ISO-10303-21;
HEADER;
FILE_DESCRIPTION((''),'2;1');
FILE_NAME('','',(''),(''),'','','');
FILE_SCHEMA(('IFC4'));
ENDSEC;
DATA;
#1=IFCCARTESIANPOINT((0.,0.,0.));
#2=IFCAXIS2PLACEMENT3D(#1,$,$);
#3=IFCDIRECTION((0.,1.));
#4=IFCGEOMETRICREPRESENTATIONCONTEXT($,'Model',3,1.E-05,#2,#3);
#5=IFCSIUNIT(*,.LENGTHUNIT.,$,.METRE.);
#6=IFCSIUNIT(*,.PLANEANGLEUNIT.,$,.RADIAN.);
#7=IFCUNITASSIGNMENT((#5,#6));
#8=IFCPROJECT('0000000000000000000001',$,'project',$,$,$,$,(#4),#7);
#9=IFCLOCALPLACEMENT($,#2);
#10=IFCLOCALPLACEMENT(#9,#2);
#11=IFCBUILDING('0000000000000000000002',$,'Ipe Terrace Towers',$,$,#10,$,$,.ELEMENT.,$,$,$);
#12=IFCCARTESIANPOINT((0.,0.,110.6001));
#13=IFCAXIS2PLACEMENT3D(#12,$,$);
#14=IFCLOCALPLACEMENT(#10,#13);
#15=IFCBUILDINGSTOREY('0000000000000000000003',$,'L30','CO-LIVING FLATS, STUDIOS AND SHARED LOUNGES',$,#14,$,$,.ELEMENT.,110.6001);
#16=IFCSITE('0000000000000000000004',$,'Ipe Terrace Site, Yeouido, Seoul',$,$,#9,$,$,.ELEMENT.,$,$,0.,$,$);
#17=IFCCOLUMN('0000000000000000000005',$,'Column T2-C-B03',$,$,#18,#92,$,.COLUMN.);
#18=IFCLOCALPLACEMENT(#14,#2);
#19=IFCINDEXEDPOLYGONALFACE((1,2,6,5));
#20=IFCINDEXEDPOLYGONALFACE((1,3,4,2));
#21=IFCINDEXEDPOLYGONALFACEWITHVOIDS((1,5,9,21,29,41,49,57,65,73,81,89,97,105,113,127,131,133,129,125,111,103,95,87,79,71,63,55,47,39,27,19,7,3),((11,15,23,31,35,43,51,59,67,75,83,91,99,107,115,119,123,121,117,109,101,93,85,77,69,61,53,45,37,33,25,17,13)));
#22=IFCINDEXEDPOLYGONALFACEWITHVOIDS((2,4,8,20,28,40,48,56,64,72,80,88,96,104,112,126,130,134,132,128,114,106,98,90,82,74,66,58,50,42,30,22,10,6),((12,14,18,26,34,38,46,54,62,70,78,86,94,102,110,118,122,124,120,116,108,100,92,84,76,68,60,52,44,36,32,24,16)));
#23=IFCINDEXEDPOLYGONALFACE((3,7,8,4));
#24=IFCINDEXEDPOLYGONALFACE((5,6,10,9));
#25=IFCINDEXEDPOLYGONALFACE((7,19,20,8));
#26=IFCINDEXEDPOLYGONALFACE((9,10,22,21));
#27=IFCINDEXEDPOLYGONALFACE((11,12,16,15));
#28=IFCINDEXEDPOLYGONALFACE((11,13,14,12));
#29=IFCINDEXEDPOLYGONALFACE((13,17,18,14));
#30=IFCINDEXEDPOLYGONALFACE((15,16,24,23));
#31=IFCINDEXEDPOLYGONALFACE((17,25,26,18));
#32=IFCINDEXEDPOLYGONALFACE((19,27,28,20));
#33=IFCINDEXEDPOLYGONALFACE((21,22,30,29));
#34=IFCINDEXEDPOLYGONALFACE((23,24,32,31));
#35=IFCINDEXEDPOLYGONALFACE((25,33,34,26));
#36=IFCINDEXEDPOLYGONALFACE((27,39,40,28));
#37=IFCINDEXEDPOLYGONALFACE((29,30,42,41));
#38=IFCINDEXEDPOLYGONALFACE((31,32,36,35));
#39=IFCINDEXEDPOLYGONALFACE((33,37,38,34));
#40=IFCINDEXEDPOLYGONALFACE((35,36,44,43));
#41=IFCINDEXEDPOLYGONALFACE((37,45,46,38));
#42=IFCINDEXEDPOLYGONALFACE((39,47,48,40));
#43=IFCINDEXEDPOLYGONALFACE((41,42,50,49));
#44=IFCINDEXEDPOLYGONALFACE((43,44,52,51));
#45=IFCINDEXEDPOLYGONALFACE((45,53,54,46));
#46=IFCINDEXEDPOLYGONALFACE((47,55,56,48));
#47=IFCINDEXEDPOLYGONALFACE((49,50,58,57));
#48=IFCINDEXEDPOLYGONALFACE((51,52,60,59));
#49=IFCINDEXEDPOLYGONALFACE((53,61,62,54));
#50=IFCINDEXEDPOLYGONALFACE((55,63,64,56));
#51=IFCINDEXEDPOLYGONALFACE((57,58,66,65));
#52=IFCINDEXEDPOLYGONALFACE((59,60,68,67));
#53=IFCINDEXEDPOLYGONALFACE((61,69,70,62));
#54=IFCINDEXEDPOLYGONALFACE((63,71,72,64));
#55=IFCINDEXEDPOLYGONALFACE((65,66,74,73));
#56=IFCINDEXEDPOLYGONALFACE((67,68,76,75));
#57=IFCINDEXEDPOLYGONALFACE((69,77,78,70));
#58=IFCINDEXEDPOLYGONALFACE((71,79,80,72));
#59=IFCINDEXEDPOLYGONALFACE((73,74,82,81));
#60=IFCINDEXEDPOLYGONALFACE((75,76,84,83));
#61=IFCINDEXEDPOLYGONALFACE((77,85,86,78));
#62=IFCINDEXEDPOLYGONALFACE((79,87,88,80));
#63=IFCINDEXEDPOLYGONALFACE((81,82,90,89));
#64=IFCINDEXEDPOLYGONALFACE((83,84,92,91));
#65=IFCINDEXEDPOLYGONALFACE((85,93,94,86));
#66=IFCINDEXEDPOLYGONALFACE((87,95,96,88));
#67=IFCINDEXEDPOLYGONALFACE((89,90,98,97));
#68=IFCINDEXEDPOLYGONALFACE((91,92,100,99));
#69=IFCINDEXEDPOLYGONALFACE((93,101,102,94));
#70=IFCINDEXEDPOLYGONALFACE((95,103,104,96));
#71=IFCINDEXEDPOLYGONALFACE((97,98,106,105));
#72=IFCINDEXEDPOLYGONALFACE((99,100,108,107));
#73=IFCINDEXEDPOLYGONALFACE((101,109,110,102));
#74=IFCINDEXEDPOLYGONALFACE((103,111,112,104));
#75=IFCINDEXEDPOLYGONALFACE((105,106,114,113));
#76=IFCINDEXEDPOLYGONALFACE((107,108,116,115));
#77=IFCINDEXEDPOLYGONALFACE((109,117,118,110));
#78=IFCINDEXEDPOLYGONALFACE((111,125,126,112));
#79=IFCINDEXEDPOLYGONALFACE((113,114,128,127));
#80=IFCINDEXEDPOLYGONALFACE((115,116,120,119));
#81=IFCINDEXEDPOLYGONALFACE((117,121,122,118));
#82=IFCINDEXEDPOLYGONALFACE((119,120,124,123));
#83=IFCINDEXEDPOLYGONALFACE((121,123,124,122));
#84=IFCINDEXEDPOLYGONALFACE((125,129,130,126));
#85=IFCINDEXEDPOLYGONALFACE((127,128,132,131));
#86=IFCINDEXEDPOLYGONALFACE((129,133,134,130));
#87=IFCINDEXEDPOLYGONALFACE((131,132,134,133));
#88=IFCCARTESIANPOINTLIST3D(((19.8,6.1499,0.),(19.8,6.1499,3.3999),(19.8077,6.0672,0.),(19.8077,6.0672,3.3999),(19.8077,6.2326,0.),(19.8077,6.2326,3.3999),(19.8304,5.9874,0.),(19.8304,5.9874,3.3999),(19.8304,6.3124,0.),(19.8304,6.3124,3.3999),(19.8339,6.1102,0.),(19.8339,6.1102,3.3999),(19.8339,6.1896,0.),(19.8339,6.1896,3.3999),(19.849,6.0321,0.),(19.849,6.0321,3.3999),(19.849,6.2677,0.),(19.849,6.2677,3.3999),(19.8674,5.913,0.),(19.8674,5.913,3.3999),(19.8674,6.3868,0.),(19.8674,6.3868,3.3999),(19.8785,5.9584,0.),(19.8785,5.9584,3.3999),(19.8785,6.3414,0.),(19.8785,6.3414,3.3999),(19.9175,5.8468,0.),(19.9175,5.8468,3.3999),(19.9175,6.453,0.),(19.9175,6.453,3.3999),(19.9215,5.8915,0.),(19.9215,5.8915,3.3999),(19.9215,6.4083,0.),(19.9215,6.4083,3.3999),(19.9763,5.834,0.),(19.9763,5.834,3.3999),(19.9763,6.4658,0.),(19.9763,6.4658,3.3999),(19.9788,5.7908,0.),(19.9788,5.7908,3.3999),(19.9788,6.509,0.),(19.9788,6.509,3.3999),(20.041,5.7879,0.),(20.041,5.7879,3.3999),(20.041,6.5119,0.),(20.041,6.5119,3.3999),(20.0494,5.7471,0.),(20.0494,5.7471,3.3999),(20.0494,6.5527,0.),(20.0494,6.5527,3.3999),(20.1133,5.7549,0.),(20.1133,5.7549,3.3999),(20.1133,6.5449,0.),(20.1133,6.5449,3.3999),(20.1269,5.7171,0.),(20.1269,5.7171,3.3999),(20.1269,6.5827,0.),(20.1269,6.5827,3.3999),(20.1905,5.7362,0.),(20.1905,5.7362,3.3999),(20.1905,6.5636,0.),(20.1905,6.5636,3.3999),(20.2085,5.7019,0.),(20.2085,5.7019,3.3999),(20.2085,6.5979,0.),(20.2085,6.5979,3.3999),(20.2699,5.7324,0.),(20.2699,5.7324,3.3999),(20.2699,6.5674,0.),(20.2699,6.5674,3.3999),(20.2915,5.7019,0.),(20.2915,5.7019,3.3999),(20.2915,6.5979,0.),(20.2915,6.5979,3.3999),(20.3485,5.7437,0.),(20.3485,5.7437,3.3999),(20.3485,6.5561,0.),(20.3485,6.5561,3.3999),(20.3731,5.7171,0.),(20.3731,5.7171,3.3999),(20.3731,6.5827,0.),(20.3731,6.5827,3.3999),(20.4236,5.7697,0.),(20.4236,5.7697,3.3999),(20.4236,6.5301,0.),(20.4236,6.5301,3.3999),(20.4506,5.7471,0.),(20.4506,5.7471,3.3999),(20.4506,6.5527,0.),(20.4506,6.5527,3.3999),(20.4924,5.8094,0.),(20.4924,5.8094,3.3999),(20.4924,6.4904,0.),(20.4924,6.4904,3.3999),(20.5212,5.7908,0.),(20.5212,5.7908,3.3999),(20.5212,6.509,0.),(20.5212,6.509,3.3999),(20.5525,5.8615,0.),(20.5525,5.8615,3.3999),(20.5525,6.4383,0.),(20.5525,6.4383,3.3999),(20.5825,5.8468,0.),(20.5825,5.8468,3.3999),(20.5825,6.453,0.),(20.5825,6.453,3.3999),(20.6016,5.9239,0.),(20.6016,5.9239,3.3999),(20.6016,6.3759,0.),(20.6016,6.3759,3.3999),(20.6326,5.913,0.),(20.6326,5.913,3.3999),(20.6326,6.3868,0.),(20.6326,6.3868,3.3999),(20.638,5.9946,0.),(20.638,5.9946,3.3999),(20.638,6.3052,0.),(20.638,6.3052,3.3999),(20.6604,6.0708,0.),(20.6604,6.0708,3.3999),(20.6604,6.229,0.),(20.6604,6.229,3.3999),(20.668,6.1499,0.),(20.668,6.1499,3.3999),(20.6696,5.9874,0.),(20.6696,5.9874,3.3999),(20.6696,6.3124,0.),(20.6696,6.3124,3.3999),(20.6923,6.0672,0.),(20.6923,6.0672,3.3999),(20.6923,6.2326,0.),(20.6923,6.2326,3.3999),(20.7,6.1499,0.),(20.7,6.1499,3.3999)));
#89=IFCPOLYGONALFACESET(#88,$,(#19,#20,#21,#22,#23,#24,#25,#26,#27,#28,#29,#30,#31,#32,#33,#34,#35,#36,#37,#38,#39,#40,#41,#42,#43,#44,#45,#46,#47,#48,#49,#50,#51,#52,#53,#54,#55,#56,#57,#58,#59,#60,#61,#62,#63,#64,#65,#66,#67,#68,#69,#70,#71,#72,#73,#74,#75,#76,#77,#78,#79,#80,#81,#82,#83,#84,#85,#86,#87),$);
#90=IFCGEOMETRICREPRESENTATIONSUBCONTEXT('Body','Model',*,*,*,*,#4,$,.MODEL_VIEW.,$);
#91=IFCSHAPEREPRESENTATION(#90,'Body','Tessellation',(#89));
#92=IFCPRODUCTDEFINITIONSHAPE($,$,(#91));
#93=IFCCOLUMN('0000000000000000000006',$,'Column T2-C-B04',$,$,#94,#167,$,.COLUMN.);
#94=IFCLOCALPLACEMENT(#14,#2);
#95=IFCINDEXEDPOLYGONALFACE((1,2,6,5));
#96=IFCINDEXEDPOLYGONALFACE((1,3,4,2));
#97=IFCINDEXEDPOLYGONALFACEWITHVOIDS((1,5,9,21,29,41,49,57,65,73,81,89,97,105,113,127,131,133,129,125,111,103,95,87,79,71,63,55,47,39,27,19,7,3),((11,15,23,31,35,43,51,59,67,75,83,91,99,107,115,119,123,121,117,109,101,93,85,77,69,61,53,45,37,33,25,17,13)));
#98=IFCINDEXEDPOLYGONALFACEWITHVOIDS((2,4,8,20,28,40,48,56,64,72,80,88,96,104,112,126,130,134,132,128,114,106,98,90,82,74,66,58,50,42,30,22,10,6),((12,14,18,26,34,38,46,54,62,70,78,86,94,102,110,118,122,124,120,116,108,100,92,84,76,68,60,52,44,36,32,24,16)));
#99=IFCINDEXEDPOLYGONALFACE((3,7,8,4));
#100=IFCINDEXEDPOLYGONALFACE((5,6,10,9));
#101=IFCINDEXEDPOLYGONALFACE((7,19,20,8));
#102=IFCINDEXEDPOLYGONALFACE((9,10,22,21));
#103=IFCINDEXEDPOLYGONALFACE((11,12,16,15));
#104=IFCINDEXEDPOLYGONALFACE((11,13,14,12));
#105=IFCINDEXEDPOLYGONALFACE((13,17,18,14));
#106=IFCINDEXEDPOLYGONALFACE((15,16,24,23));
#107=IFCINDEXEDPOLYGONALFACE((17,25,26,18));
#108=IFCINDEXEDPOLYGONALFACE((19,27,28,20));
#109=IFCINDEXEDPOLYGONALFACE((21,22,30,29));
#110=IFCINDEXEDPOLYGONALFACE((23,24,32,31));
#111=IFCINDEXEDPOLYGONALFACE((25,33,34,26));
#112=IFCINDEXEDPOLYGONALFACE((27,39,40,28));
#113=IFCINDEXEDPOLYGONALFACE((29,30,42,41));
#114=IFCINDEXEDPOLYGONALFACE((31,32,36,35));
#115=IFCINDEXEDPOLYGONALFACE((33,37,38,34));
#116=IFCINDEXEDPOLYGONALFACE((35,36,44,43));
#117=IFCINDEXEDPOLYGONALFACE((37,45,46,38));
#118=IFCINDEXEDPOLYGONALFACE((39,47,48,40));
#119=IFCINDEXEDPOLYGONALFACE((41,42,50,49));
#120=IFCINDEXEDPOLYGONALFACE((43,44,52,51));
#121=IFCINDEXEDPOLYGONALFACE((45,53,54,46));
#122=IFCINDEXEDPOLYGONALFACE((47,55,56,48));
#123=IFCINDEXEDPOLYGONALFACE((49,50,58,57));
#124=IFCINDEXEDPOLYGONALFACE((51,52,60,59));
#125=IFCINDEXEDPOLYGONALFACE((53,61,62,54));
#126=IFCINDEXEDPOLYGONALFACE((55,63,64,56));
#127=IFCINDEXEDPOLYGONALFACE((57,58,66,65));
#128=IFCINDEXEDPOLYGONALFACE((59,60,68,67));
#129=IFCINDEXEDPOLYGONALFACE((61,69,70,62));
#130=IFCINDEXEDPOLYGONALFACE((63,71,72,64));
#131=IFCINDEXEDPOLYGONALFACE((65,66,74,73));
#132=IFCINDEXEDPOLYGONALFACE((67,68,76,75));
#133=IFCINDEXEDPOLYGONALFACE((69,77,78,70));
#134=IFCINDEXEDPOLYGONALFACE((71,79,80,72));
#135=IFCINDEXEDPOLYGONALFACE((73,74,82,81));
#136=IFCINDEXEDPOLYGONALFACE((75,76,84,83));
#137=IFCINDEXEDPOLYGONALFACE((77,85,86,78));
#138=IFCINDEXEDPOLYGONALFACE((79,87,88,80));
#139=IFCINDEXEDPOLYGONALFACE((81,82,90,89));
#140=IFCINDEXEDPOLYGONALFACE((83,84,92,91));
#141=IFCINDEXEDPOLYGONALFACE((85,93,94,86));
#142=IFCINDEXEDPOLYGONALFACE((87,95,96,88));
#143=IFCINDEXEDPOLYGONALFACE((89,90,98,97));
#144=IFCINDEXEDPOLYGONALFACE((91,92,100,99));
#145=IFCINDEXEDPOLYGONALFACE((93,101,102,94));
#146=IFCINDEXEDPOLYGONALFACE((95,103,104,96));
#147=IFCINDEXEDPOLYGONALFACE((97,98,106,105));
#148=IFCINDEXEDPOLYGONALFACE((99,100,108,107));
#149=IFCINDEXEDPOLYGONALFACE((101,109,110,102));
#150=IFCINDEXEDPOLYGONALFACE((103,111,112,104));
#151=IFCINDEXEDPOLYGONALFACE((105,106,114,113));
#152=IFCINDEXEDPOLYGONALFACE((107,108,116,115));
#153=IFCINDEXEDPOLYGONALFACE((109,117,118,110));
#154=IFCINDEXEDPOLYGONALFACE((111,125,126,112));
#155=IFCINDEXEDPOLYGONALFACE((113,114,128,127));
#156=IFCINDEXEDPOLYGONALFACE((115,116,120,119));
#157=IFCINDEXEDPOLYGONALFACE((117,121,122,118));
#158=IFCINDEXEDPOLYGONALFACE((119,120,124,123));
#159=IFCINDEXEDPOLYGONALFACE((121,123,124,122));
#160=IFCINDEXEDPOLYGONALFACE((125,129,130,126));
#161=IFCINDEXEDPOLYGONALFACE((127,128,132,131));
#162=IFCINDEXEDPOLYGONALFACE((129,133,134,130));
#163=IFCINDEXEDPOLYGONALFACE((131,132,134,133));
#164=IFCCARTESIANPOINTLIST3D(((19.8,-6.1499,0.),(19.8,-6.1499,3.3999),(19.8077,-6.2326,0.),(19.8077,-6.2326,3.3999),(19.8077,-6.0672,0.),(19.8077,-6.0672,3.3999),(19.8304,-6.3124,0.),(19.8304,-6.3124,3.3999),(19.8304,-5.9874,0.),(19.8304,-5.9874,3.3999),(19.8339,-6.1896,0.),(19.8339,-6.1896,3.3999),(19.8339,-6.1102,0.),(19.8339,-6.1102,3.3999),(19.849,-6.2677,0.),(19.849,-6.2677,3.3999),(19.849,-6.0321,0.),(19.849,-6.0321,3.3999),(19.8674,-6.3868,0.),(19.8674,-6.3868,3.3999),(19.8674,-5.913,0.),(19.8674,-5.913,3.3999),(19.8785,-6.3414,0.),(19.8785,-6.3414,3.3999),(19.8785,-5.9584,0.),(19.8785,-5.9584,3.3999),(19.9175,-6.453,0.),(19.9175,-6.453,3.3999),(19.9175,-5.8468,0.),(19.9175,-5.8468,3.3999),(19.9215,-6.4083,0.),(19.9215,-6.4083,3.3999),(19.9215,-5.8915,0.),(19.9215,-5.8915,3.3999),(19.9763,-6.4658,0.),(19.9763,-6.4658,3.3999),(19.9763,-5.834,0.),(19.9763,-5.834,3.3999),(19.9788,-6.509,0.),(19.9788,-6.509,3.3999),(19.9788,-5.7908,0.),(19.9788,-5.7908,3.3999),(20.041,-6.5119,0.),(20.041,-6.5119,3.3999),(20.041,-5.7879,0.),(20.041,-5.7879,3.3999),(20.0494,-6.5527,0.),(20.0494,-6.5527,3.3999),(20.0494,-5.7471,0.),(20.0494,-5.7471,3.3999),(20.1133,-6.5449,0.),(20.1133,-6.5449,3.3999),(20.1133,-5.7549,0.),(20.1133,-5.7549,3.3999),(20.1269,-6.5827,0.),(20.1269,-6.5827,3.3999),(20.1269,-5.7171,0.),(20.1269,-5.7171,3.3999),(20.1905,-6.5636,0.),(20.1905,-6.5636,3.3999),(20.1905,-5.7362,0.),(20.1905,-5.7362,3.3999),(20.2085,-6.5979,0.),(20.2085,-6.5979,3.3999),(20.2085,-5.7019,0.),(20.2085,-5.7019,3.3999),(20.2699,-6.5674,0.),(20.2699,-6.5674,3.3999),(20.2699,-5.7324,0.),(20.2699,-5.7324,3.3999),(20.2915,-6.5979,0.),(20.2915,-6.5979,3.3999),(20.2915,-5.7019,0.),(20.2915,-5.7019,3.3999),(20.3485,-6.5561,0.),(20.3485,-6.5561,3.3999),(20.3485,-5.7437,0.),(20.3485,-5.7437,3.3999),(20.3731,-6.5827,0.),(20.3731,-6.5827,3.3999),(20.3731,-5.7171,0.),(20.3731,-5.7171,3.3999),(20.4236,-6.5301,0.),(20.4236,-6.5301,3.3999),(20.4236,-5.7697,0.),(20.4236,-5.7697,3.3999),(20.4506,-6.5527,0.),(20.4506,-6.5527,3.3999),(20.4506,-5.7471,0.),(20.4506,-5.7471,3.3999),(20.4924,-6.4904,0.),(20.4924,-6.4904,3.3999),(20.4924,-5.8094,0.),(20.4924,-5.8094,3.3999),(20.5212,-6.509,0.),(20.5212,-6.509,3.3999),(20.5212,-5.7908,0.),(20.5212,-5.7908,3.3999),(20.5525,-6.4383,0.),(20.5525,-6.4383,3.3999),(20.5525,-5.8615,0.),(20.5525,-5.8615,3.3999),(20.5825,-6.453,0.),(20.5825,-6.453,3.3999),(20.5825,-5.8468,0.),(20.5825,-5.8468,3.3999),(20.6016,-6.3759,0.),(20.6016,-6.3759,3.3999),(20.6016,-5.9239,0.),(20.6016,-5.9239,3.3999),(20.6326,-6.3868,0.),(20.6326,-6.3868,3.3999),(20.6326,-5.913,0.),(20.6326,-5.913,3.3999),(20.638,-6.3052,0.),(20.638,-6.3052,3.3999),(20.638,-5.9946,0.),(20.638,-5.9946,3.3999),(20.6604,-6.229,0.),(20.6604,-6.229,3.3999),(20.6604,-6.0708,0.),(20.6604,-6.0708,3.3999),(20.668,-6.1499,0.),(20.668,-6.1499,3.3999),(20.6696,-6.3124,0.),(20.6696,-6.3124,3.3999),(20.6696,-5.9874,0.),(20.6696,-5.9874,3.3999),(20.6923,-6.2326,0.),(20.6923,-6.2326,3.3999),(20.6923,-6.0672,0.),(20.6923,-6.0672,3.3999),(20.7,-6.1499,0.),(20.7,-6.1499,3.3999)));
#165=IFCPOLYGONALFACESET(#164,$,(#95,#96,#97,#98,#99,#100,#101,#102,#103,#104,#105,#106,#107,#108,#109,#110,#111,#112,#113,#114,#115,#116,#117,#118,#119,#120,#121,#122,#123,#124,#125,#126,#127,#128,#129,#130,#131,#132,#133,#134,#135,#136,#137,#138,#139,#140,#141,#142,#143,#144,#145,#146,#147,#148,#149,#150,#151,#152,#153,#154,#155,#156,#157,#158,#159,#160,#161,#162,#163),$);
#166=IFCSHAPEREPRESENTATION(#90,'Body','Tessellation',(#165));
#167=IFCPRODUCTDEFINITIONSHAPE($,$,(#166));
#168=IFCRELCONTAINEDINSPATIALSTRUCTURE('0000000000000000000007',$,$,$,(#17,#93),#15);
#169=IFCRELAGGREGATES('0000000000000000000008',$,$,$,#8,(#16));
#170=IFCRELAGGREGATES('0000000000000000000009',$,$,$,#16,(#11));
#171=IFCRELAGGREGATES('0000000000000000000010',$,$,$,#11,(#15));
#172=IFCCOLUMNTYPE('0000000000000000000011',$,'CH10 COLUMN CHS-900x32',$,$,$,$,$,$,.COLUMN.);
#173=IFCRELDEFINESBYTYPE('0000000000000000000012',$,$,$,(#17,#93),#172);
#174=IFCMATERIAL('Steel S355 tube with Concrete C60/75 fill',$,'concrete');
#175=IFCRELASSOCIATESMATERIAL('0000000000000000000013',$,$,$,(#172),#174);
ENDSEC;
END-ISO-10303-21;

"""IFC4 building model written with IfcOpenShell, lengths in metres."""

from ifc_helpers import new_model, si_unit, direction, frame, origin, origin_2d, place, context, subcontext, project, spatial, hollow_circle, extrude, material, material_profile, profile_set, type_object, element, save


model = new_model("IFC4")

# Units and contexts
model_context = context("Model", 3, precision=1e-05, world=origin(), true_north=direction((0.0, 1.0)))
body_context = subcontext(model_context, "Body", "Model", "MODEL_VIEW")
ifc_project = project(units=[si_unit("LENGTHUNIT", "METRE"), si_unit("PLANEANGLEUNIT", "RADIAN")], contexts=[model_context])

# Site, building, storey
site_placement = place(None, origin())
site = spatial("IfcSite", under=ifc_project, at=site_placement, Name="Ipe Terrace Site, Yeouido, Seoul", CompositionType="ELEMENT", RefElevation=0.0)
building_placement = place(site_placement, origin())
building = spatial("IfcBuilding", under=site, at=building_placement, Name="Ipe Terrace Towers", CompositionType="ELEMENT")
storey_placement = place(building_placement, frame((0.0, 0.0, 110.6001)))
storey = spatial("IfcBuildingStorey", under=building, at=storey_placement, Name="L30", Description="CO-LIVING FLATS, STUDIOS AND SHARED LOUNGES", CompositionType="ELEMENT", Elevation=110.6001)

# Columns
ifc_material_1 = material(Name="Steel S355 tube with Concrete C60/75 fill", Category="concrete")
ifc_material_profile_1 = material_profile(ifc_material_1, hollow_circle(Radius=0.45, WallThickness=0.032, at=origin_2d()), Name="CHS-900x32")
ifc_profile_set_1 = profile_set([ifc_material_profile_1], Name="Steel S355 tube with Concrete C60/75 fill")
column_type = type_object("IfcColumnType", Name="CH10 COLUMN CHS-900x32", PredefinedType="COLUMN", material=ifc_profile_set_1)
for number, where, z_axis, x_axis, name in (
    (1, (20.25, 6.1499, 0.0), (0.0, 0.0, 1.0), (1.0, 0.0, 0.0), "Column T2-C-B03"),
    (2, (20.25, -6.1499, 0.0), (0.0, 0.0, 1.0), (1.0, 0.0, 0.0), "Column T2-C-B04"),
):
    element("IfcColumn", number, at=place(storey_placement, frame(where, z_axis=z_axis, x_axis=x_axis)), inside=storey, type_object=column_type, Name=name, PredefinedType="COLUMN", context=body_context, shape_type="SweptSolid", body=[
        extrude(hollow_circle(Radius=0.45, WallThickness=0.032, at=origin_2d()), origin(), (0.0, 0.0, 1.0), 3.3999),
    ])

save(model, "model.ifc")
